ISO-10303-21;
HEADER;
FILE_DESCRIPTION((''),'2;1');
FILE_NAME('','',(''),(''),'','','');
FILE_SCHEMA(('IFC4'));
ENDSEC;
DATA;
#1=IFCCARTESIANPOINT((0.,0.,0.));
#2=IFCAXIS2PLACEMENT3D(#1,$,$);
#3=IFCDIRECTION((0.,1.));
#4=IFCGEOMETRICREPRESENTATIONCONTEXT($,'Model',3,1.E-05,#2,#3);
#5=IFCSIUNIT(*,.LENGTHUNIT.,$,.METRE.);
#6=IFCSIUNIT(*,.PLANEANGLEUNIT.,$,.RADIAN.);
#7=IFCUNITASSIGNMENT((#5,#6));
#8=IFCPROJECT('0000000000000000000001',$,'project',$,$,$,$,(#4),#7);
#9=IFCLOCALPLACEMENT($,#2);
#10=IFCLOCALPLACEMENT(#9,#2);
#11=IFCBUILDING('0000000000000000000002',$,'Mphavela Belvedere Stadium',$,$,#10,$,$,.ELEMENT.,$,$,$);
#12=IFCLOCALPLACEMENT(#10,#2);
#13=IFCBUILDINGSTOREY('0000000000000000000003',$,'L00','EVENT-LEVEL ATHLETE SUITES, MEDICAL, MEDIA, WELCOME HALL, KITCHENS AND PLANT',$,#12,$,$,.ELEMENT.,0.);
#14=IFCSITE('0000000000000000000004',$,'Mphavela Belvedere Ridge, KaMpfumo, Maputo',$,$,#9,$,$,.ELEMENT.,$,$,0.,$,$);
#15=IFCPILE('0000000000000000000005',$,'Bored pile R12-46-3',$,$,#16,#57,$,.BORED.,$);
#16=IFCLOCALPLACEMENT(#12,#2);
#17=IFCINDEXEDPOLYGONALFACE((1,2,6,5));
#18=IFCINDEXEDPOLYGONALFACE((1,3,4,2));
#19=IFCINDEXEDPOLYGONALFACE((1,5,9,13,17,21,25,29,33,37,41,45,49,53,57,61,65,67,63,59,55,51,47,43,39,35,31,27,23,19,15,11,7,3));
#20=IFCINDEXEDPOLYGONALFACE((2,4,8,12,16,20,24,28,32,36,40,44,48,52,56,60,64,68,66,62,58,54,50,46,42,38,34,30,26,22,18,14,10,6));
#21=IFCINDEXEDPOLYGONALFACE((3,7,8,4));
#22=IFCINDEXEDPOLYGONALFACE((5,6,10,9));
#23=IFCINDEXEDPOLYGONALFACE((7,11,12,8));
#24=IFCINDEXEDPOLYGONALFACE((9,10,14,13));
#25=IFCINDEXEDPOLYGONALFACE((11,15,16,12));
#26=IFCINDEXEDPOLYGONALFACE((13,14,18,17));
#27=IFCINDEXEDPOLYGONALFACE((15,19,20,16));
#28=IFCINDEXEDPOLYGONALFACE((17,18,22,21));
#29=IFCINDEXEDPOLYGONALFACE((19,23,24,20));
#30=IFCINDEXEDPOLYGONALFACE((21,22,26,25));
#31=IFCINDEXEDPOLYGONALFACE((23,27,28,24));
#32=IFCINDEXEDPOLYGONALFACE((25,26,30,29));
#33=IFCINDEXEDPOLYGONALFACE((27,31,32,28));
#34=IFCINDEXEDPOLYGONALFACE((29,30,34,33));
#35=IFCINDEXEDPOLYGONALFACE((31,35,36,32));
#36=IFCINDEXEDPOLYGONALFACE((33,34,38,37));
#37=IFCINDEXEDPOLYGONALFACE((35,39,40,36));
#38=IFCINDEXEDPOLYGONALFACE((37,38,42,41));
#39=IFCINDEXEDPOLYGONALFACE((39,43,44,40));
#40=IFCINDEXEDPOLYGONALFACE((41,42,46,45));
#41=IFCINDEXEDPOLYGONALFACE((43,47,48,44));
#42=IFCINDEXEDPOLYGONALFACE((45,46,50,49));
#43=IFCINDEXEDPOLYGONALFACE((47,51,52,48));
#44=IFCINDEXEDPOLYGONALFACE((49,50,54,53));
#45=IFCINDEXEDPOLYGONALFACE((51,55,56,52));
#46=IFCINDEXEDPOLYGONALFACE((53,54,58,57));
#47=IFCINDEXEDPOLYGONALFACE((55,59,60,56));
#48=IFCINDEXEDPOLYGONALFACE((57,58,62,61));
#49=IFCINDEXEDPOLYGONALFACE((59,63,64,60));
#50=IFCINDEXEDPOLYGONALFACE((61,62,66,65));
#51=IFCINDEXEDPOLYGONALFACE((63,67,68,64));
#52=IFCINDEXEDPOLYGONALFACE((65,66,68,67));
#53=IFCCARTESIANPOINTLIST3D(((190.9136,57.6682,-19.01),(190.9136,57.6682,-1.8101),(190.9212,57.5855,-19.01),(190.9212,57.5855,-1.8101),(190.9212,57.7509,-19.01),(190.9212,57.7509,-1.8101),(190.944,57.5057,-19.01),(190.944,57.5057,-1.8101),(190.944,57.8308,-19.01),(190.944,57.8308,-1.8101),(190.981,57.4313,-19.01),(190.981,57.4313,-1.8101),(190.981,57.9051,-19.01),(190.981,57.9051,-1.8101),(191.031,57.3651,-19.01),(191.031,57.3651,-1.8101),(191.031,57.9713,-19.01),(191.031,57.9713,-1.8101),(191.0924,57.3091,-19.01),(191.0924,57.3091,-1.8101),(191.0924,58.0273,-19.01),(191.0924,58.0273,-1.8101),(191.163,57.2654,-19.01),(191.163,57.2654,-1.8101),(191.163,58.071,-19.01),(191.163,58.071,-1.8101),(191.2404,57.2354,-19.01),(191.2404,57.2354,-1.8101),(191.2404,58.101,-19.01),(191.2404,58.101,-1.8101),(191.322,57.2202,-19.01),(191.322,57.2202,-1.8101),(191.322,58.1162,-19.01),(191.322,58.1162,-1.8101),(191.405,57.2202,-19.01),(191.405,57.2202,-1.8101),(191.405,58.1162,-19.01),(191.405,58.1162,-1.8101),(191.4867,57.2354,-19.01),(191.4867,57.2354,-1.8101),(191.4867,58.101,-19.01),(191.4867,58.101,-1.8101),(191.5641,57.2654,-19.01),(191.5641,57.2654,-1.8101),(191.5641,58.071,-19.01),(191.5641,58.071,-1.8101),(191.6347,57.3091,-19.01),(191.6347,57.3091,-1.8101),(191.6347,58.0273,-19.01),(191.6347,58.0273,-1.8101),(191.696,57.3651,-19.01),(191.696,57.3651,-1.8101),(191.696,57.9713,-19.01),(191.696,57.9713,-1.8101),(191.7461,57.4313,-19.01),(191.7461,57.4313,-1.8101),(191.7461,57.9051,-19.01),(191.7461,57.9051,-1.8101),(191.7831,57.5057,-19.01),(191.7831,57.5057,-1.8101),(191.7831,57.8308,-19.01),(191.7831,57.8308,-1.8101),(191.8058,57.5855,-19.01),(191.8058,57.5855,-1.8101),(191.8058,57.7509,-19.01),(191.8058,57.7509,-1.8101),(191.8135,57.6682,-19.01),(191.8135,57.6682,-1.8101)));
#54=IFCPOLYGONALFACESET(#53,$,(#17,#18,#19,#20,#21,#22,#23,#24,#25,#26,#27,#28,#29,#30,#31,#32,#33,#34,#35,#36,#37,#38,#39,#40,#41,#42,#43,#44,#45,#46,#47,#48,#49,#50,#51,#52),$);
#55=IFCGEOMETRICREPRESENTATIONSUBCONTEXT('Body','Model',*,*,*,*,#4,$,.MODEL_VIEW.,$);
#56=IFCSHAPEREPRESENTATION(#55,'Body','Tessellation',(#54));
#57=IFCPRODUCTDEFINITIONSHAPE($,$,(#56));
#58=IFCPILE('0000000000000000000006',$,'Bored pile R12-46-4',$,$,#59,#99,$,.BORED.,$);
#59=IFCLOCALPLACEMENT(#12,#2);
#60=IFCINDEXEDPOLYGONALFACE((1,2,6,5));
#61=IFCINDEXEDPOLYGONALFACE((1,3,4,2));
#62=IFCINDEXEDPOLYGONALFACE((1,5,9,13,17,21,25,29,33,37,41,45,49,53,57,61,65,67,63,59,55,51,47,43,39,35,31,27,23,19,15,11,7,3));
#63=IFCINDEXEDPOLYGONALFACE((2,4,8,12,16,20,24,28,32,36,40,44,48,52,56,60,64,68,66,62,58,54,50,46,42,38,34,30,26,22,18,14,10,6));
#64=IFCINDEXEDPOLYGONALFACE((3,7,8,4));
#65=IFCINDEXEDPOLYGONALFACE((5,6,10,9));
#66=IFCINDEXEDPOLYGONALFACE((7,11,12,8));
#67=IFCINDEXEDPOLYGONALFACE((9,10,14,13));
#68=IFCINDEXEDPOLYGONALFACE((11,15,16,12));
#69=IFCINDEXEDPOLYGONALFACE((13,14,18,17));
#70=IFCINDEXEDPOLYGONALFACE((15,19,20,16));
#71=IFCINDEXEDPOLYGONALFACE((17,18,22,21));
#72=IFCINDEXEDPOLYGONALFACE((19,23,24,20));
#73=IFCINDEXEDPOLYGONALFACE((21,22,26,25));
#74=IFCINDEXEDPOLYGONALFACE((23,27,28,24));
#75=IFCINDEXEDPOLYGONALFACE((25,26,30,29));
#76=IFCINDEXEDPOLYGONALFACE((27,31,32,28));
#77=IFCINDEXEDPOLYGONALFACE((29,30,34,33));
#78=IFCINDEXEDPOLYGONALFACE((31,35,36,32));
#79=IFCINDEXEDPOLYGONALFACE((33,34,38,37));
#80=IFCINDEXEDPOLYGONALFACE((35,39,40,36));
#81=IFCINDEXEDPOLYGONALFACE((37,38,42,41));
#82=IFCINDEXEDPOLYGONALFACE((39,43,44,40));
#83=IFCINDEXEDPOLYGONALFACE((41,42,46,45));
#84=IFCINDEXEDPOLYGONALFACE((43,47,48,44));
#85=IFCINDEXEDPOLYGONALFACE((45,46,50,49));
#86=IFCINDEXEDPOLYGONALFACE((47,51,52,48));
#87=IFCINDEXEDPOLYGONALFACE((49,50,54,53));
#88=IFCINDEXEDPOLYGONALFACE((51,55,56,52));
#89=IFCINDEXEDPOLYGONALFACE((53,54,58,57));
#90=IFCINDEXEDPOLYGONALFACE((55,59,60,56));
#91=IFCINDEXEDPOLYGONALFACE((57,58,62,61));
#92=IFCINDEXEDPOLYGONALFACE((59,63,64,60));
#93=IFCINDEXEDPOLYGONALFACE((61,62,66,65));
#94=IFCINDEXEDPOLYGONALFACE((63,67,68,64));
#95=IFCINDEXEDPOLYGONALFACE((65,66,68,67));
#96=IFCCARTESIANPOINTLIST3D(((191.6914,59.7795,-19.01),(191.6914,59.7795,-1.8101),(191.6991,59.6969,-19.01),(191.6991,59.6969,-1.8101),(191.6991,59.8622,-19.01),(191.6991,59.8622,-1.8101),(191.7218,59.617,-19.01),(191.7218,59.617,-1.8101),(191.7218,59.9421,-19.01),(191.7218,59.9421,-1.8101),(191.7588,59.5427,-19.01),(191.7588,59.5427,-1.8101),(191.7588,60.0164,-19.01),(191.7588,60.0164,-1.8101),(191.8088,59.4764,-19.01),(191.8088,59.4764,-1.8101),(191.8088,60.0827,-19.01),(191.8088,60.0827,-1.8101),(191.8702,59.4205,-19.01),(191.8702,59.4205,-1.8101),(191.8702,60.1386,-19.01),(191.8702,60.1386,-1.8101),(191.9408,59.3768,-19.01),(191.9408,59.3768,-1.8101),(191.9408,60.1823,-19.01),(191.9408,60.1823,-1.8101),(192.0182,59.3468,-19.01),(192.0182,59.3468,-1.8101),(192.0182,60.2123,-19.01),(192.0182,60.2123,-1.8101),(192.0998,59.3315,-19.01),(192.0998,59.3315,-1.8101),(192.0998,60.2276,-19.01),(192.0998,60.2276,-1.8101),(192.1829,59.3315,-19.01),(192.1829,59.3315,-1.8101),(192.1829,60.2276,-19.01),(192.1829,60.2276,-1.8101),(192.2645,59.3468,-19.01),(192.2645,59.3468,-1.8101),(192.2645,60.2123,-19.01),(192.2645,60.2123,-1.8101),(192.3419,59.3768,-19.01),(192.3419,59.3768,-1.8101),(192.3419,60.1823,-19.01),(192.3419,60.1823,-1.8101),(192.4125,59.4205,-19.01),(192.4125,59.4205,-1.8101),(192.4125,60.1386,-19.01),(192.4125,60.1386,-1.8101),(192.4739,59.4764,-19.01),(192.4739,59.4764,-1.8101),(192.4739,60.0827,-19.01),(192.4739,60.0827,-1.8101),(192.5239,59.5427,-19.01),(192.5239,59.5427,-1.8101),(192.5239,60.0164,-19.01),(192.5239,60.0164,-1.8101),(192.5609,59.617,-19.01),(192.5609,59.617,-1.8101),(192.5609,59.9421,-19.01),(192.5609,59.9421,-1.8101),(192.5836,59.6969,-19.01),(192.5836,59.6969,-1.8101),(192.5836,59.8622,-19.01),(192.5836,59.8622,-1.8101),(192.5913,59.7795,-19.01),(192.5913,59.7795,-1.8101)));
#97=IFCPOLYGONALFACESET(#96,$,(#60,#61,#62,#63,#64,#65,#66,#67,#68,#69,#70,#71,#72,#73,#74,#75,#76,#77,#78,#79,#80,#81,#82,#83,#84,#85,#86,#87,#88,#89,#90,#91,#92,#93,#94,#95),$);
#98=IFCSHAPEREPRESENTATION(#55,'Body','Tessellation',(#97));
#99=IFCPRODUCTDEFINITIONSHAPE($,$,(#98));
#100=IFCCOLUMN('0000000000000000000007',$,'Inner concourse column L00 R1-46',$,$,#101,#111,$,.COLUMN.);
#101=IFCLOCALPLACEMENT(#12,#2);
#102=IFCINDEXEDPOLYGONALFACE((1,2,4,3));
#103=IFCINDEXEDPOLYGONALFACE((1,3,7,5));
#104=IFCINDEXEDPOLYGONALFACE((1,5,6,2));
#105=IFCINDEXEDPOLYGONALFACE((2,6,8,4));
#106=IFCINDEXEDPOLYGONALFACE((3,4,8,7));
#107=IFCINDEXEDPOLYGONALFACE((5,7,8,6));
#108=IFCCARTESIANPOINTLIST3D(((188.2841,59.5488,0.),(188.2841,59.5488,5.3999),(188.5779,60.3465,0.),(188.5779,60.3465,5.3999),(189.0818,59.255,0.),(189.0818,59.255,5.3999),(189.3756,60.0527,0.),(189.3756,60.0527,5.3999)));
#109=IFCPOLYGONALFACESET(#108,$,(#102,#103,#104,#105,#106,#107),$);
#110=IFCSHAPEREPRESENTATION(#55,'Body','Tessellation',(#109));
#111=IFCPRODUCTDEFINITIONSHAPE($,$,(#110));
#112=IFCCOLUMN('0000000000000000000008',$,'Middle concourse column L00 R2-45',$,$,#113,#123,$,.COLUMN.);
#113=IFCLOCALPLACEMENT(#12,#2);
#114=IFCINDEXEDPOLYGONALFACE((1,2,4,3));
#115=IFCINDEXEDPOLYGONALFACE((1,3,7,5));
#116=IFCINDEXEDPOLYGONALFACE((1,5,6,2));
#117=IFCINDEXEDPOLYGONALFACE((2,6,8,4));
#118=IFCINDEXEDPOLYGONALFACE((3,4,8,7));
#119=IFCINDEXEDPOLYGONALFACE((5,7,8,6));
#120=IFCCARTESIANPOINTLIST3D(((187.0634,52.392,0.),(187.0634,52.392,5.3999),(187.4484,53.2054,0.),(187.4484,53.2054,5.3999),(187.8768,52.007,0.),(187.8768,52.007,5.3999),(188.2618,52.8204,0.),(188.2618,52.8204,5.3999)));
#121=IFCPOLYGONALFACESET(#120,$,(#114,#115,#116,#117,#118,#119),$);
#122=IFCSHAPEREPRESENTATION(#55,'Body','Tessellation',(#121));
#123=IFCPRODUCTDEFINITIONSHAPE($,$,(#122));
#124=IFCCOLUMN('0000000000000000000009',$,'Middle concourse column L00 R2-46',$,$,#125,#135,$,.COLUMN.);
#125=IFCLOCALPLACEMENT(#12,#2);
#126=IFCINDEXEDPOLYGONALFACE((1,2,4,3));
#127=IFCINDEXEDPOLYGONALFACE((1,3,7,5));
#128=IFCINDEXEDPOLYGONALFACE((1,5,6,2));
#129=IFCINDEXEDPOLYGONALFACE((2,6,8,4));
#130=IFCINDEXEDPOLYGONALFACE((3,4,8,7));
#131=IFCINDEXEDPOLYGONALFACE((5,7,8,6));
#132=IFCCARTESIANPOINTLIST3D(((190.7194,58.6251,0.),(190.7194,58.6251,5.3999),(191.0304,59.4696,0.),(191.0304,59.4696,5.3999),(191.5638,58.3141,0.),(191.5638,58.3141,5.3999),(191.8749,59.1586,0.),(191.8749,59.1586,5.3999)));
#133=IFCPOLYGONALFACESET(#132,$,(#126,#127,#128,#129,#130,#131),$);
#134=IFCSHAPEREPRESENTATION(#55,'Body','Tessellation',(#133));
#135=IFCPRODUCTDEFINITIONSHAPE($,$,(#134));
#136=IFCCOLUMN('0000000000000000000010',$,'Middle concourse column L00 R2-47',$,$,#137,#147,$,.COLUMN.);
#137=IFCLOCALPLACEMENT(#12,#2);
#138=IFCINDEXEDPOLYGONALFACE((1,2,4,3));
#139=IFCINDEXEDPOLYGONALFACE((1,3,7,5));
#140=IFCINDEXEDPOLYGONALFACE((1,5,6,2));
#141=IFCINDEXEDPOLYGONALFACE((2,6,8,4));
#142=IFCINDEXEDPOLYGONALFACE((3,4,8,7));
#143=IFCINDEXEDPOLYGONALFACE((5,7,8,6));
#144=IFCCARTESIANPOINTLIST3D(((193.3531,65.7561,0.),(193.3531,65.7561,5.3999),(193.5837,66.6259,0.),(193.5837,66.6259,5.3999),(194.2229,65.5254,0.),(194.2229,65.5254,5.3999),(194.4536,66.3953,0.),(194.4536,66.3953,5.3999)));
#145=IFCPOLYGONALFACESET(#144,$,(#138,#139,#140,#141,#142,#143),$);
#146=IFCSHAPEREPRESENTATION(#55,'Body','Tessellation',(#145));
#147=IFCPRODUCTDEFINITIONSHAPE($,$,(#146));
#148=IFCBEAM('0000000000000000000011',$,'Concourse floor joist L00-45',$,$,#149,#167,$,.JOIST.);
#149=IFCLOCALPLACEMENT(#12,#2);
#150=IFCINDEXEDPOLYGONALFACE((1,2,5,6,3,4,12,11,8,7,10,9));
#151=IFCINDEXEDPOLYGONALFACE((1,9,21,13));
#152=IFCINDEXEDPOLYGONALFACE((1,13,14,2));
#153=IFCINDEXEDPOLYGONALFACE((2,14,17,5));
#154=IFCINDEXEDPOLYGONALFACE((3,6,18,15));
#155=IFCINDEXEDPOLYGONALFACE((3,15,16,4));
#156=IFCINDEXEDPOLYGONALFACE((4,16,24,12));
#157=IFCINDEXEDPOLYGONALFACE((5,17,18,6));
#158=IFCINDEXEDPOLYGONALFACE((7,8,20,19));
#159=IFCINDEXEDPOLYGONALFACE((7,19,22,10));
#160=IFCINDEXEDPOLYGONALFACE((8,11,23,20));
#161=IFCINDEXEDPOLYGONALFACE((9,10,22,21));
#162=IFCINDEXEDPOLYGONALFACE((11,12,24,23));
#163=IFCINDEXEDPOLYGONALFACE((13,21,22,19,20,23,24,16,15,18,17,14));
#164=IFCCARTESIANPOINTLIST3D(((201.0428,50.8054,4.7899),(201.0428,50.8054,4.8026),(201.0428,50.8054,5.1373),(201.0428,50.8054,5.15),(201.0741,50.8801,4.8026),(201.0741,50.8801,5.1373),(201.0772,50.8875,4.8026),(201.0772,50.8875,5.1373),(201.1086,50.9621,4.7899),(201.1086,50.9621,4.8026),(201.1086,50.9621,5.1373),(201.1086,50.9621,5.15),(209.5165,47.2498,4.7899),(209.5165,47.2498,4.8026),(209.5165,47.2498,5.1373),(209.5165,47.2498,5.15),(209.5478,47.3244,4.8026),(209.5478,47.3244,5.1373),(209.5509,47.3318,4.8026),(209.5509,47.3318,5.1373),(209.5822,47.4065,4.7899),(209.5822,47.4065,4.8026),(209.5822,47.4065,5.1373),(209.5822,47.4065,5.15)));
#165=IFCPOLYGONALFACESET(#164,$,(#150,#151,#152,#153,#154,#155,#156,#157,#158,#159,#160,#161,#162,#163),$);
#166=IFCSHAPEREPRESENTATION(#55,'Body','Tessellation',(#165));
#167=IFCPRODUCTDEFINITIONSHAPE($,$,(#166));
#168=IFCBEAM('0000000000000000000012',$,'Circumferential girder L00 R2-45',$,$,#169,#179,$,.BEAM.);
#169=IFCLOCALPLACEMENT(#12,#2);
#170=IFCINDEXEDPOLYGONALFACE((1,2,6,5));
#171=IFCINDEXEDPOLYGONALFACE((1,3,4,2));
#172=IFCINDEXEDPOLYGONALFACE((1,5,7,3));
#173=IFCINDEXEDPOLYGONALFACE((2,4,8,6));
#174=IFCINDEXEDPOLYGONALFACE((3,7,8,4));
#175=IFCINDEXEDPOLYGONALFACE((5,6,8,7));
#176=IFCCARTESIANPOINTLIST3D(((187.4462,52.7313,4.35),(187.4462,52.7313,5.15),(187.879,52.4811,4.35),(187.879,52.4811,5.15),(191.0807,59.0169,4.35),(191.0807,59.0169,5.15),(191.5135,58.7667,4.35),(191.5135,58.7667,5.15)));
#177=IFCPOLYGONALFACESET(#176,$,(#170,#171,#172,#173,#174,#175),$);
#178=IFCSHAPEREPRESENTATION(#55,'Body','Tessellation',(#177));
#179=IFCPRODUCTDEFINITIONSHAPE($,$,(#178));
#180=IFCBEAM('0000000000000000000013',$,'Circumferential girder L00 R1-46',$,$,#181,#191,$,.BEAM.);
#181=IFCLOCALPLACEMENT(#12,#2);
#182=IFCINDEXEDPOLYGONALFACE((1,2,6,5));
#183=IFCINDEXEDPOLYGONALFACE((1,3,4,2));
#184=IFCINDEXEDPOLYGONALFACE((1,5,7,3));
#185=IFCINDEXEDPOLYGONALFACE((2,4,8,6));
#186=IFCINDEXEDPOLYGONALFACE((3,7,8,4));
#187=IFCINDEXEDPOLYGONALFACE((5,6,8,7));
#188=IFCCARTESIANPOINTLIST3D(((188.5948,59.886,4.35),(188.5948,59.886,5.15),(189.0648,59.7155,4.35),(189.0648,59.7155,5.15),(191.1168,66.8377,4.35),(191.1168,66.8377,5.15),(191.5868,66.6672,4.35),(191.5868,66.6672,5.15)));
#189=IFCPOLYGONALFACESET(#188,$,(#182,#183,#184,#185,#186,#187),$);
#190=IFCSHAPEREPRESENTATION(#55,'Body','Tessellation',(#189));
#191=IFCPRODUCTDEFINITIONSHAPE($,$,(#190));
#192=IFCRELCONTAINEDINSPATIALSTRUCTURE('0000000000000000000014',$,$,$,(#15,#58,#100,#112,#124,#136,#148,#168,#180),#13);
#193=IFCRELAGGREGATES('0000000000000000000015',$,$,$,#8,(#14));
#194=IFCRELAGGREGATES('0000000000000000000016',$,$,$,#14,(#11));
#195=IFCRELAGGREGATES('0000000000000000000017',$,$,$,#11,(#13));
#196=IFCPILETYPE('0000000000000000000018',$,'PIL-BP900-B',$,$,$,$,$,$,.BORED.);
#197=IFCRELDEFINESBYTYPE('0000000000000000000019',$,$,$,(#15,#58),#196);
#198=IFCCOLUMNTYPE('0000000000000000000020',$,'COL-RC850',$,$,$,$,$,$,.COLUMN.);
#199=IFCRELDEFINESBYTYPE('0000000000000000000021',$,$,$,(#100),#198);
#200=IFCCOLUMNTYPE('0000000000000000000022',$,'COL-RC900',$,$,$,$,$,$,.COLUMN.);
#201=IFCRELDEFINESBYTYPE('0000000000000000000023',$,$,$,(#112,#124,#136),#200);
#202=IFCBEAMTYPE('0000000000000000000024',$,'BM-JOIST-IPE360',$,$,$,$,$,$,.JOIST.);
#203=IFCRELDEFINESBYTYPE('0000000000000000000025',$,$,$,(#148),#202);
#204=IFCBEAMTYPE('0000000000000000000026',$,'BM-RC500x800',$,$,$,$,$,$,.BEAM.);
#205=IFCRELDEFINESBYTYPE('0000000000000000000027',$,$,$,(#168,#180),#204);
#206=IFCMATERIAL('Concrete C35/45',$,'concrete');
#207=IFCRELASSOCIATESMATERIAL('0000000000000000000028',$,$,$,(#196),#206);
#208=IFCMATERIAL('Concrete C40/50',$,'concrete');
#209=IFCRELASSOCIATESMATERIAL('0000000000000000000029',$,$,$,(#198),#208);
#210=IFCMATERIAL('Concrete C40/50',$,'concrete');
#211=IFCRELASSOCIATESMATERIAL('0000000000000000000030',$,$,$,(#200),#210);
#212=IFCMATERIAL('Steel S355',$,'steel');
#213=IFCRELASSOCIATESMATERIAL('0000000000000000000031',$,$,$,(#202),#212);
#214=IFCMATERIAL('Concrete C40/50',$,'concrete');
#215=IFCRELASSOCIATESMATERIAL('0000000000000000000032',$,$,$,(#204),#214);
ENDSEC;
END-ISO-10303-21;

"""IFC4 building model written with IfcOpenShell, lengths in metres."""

from ifc_helpers import new_model, si_unit, direction, frame, origin, origin_2d, place, context, subcontext, project, spatial, rectangle, circle, i_section, extrude, material, material_profile, profile_set, type_object, element, save


model = new_model("IFC4")

# Units and contexts
model_context = context("Model", 3, precision=1e-05, world=origin(), true_north=direction((0.0, 1.0)))
body_context = subcontext(model_context, "Body", "Model", "MODEL_VIEW")
ifc_project = project(units=[si_unit("LENGTHUNIT", "METRE"), si_unit("PLANEANGLEUNIT", "RADIAN")], contexts=[model_context])

# Site, building, storey
site_placement = place(None, origin())
site = spatial("IfcSite", under=ifc_project, at=site_placement, Name="Mphavela Belvedere Ridge, KaMpfumo, Maputo", CompositionType="ELEMENT", RefElevation=0.0)
building_placement = place(site_placement, origin())
building = spatial("IfcBuilding", under=site, at=building_placement, Name="Mphavela Belvedere Stadium", CompositionType="ELEMENT")
storey_placement = place(building_placement, origin())
storey = spatial("IfcBuildingStorey", under=building, at=storey_placement, Name="L00", Description="EVENT-LEVEL ATHLETE SUITES, MEDICAL, MEDIA, WELCOME HALL, KITCHENS AND PLANT", CompositionType="ELEMENT", Elevation=0.0)

# Piles
ifc_material_1 = material(Name="Concrete C35/45", Category="concrete")
ifc_material_profile_1 = material_profile(ifc_material_1, circle(Radius=0.45, at=origin_2d()), Name="BP D900")
ifc_profile_set_1 = profile_set([ifc_material_profile_1], Name="Concrete C35/45")
pile_type_1 = type_object("IfcPileType", Name="PIL-BP900-B", PredefinedType="BORED", material=ifc_profile_set_1)
for number, where, z_axis, x_axis, name in (
    (1, (191.3635, 57.6682, -1.8101), (0.0, 0.0, -1.0), (1.0, 0.0, 0.0), "Bored pile R12-46-3"),
    (2, (192.1414, 59.7795, -1.8101), (0.0, 0.0, -1.0), (1.0, 0.0, 0.0), "Bored pile R12-46-4"),
):
    element("IfcPile", number, at=place(storey_placement, frame(where, z_axis=z_axis, x_axis=x_axis)), inside=storey, type_object=pile_type_1, Name=name, PredefinedType="BORED", context=body_context, shape_type="SweptSolid", body=[
        extrude(circle(Radius=0.45, at=origin_2d()), origin(), (0.0, 0.0, 1.0), 17.2),
    ])

# Columns
ifc_material_2 = material(Name="Concrete C40/50", Category="concrete")
ifc_material_profile_2 = material_profile(ifc_material_2, rectangle(XDim=0.8501, YDim=0.8501, at=origin_2d()), Name="RC 850x850")
ifc_profile_set_2 = profile_set([ifc_material_profile_2], Name="Concrete C40/50")
column_type_1 = type_object("IfcColumnType", Name="COL-RC850", PredefinedType="COLUMN", material=ifc_profile_set_2)
column_placement = place(storey_placement, frame((188.8298, 59.8008, 0.0), z_axis=(0.0, 0.0, 1.0), x_axis=(0.938372, -0.345626, 0.0)))
element("IfcColumn", 3, at=column_placement, inside=storey, type_object=column_type_1, Name="Inner concourse column L00 R1-46", PredefinedType="COLUMN", context=body_context, shape_type="SweptSolid", body=[
    extrude(rectangle(XDim=0.8501, YDim=0.8501, at=origin_2d()), origin(), (0.0, 0.0, 1.0), 5.3999),
])
ifc_material_3 = material(Name="Concrete C40/50", Category="concrete")
ifc_material_profile_3 = material_profile(ifc_material_3, rectangle(XDim=0.8999, YDim=0.8999, at=origin_2d()), Name="RC 900x900")
ifc_profile_set_3 = profile_set([ifc_material_profile_3], Name="Concrete C40/50")
column_type_2 = type_object("IfcColumnType", Name="COL-RC900", PredefinedType="COLUMN", material=ifc_profile_set_3)
for number, where, z_axis, x_axis, name in (
    (4, (187.6626, 52.6062, 0.0), (0.0, 0.0, 1.0), (0.903859, -0.427831, 0.0), "Middle concourse column L00 R2-45"),
    (5, (191.2971, 58.8918, 0.0), (0.0, 0.0, 1.0), (0.938372, -0.345626, 0.0), "Middle concourse column L00 R2-46"),
    (6, (193.9033, 66.0757, 0.0), (0.0, 0.0, 1.0), (0.9666, -0.256289, 0.0), "Middle concourse column L00 R2-47"),
):
    element("IfcColumn", number, at=place(storey_placement, frame(where, z_axis=z_axis, x_axis=x_axis)), inside=storey, type_object=column_type_2, Name=name, PredefinedType="COLUMN", context=body_context, shape_type="SweptSolid", body=[
        extrude(rectangle(XDim=0.8999, YDim=0.8999, at=origin_2d()), origin(), (0.0, 0.0, 1.0), 5.3999),
    ])

# Beams
ifc_material_4 = material(Name="Steel S355", Category="steel")
ifc_material_profile_4 = material_profile(ifc_material_4, i_section(OverallWidth=0.1699, OverallDepth=0.3601, WebThickness=0.0081, FlangeThickness=0.0127, at=origin_2d()), Name="IPE 360")
ifc_profile_set_4 = profile_set([ifc_material_profile_4], Name="Steel S355")
beam_type_1 = type_object("IfcBeamType", Name="BM-JOIST-IPE360", PredefinedType="JOIST", material=ifc_profile_set_4)
beam_1_placement = place(storey_placement, frame((201.0757, 50.8838, 4.97), z_axis=(0.922109, -0.386931, 0.0), x_axis=(0.386931, 0.922109, 0.0)))
element("IfcBeam", 7, at=beam_1_placement, inside=storey, type_object=beam_type_1, Name="Concourse floor joist L00-45", PredefinedType="JOIST", context=body_context, shape_type="SweptSolid", body=[
    extrude(i_section(OverallWidth=0.1699, OverallDepth=0.3601, WebThickness=0.0081, FlangeThickness=0.0127, at=origin_2d()), origin(), (0.0, 0.0, 1.0), 9.1895),
])
ifc_material_5 = material(Name="Concrete C40/50", Category="concrete")
ifc_material_profile_5 = material_profile(ifc_material_5, rectangle(XDim=0.5, YDim=0.8, at=origin_2d()), Name="RC 500x800")
ifc_profile_set_5 = profile_set([ifc_material_profile_5], Name="Concrete C40/50")
beam_type_2 = type_object("IfcBeamType", Name="BM-RC500x800", PredefinedType="BEAM", material=ifc_profile_set_5)
beam_2_placement = place(storey_placement, frame((187.6626, 52.6062, 4.75), z_axis=(0.500568, 0.865697, 0.0), x_axis=(-0.865697, 0.500568, 0.0)))
element("IfcBeam", 8, at=beam_2_placement, inside=storey, type_object=beam_type_2, Name="Circumferential girder L00 R2-45", PredefinedType="BEAM", context=body_context, shape_type="SweptSolid", body=[
    extrude(rectangle(XDim=0.5, YDim=0.8, at=origin_2d()), origin(), (0.0, 0.0, 1.0), 7.2607),
])
beam_3_placement = place(storey_placement, frame((188.8298, 59.8008, 4.75), z_axis=(0.341038, 0.94005, 0.0), x_axis=(-0.94005, 0.341038, 0.0)))
element("IfcBeam", 9, at=beam_3_placement, inside=storey, type_object=beam_type_2, Name="Circumferential girder L00 R1-46", PredefinedType="BEAM", context=body_context, shape_type="SweptSolid", body=[
    extrude(rectangle(XDim=0.5, YDim=0.8, at=origin_2d()), origin(), (0.0, 0.0, 1.0), 7.395),
])

save(model, "model.ifc")
